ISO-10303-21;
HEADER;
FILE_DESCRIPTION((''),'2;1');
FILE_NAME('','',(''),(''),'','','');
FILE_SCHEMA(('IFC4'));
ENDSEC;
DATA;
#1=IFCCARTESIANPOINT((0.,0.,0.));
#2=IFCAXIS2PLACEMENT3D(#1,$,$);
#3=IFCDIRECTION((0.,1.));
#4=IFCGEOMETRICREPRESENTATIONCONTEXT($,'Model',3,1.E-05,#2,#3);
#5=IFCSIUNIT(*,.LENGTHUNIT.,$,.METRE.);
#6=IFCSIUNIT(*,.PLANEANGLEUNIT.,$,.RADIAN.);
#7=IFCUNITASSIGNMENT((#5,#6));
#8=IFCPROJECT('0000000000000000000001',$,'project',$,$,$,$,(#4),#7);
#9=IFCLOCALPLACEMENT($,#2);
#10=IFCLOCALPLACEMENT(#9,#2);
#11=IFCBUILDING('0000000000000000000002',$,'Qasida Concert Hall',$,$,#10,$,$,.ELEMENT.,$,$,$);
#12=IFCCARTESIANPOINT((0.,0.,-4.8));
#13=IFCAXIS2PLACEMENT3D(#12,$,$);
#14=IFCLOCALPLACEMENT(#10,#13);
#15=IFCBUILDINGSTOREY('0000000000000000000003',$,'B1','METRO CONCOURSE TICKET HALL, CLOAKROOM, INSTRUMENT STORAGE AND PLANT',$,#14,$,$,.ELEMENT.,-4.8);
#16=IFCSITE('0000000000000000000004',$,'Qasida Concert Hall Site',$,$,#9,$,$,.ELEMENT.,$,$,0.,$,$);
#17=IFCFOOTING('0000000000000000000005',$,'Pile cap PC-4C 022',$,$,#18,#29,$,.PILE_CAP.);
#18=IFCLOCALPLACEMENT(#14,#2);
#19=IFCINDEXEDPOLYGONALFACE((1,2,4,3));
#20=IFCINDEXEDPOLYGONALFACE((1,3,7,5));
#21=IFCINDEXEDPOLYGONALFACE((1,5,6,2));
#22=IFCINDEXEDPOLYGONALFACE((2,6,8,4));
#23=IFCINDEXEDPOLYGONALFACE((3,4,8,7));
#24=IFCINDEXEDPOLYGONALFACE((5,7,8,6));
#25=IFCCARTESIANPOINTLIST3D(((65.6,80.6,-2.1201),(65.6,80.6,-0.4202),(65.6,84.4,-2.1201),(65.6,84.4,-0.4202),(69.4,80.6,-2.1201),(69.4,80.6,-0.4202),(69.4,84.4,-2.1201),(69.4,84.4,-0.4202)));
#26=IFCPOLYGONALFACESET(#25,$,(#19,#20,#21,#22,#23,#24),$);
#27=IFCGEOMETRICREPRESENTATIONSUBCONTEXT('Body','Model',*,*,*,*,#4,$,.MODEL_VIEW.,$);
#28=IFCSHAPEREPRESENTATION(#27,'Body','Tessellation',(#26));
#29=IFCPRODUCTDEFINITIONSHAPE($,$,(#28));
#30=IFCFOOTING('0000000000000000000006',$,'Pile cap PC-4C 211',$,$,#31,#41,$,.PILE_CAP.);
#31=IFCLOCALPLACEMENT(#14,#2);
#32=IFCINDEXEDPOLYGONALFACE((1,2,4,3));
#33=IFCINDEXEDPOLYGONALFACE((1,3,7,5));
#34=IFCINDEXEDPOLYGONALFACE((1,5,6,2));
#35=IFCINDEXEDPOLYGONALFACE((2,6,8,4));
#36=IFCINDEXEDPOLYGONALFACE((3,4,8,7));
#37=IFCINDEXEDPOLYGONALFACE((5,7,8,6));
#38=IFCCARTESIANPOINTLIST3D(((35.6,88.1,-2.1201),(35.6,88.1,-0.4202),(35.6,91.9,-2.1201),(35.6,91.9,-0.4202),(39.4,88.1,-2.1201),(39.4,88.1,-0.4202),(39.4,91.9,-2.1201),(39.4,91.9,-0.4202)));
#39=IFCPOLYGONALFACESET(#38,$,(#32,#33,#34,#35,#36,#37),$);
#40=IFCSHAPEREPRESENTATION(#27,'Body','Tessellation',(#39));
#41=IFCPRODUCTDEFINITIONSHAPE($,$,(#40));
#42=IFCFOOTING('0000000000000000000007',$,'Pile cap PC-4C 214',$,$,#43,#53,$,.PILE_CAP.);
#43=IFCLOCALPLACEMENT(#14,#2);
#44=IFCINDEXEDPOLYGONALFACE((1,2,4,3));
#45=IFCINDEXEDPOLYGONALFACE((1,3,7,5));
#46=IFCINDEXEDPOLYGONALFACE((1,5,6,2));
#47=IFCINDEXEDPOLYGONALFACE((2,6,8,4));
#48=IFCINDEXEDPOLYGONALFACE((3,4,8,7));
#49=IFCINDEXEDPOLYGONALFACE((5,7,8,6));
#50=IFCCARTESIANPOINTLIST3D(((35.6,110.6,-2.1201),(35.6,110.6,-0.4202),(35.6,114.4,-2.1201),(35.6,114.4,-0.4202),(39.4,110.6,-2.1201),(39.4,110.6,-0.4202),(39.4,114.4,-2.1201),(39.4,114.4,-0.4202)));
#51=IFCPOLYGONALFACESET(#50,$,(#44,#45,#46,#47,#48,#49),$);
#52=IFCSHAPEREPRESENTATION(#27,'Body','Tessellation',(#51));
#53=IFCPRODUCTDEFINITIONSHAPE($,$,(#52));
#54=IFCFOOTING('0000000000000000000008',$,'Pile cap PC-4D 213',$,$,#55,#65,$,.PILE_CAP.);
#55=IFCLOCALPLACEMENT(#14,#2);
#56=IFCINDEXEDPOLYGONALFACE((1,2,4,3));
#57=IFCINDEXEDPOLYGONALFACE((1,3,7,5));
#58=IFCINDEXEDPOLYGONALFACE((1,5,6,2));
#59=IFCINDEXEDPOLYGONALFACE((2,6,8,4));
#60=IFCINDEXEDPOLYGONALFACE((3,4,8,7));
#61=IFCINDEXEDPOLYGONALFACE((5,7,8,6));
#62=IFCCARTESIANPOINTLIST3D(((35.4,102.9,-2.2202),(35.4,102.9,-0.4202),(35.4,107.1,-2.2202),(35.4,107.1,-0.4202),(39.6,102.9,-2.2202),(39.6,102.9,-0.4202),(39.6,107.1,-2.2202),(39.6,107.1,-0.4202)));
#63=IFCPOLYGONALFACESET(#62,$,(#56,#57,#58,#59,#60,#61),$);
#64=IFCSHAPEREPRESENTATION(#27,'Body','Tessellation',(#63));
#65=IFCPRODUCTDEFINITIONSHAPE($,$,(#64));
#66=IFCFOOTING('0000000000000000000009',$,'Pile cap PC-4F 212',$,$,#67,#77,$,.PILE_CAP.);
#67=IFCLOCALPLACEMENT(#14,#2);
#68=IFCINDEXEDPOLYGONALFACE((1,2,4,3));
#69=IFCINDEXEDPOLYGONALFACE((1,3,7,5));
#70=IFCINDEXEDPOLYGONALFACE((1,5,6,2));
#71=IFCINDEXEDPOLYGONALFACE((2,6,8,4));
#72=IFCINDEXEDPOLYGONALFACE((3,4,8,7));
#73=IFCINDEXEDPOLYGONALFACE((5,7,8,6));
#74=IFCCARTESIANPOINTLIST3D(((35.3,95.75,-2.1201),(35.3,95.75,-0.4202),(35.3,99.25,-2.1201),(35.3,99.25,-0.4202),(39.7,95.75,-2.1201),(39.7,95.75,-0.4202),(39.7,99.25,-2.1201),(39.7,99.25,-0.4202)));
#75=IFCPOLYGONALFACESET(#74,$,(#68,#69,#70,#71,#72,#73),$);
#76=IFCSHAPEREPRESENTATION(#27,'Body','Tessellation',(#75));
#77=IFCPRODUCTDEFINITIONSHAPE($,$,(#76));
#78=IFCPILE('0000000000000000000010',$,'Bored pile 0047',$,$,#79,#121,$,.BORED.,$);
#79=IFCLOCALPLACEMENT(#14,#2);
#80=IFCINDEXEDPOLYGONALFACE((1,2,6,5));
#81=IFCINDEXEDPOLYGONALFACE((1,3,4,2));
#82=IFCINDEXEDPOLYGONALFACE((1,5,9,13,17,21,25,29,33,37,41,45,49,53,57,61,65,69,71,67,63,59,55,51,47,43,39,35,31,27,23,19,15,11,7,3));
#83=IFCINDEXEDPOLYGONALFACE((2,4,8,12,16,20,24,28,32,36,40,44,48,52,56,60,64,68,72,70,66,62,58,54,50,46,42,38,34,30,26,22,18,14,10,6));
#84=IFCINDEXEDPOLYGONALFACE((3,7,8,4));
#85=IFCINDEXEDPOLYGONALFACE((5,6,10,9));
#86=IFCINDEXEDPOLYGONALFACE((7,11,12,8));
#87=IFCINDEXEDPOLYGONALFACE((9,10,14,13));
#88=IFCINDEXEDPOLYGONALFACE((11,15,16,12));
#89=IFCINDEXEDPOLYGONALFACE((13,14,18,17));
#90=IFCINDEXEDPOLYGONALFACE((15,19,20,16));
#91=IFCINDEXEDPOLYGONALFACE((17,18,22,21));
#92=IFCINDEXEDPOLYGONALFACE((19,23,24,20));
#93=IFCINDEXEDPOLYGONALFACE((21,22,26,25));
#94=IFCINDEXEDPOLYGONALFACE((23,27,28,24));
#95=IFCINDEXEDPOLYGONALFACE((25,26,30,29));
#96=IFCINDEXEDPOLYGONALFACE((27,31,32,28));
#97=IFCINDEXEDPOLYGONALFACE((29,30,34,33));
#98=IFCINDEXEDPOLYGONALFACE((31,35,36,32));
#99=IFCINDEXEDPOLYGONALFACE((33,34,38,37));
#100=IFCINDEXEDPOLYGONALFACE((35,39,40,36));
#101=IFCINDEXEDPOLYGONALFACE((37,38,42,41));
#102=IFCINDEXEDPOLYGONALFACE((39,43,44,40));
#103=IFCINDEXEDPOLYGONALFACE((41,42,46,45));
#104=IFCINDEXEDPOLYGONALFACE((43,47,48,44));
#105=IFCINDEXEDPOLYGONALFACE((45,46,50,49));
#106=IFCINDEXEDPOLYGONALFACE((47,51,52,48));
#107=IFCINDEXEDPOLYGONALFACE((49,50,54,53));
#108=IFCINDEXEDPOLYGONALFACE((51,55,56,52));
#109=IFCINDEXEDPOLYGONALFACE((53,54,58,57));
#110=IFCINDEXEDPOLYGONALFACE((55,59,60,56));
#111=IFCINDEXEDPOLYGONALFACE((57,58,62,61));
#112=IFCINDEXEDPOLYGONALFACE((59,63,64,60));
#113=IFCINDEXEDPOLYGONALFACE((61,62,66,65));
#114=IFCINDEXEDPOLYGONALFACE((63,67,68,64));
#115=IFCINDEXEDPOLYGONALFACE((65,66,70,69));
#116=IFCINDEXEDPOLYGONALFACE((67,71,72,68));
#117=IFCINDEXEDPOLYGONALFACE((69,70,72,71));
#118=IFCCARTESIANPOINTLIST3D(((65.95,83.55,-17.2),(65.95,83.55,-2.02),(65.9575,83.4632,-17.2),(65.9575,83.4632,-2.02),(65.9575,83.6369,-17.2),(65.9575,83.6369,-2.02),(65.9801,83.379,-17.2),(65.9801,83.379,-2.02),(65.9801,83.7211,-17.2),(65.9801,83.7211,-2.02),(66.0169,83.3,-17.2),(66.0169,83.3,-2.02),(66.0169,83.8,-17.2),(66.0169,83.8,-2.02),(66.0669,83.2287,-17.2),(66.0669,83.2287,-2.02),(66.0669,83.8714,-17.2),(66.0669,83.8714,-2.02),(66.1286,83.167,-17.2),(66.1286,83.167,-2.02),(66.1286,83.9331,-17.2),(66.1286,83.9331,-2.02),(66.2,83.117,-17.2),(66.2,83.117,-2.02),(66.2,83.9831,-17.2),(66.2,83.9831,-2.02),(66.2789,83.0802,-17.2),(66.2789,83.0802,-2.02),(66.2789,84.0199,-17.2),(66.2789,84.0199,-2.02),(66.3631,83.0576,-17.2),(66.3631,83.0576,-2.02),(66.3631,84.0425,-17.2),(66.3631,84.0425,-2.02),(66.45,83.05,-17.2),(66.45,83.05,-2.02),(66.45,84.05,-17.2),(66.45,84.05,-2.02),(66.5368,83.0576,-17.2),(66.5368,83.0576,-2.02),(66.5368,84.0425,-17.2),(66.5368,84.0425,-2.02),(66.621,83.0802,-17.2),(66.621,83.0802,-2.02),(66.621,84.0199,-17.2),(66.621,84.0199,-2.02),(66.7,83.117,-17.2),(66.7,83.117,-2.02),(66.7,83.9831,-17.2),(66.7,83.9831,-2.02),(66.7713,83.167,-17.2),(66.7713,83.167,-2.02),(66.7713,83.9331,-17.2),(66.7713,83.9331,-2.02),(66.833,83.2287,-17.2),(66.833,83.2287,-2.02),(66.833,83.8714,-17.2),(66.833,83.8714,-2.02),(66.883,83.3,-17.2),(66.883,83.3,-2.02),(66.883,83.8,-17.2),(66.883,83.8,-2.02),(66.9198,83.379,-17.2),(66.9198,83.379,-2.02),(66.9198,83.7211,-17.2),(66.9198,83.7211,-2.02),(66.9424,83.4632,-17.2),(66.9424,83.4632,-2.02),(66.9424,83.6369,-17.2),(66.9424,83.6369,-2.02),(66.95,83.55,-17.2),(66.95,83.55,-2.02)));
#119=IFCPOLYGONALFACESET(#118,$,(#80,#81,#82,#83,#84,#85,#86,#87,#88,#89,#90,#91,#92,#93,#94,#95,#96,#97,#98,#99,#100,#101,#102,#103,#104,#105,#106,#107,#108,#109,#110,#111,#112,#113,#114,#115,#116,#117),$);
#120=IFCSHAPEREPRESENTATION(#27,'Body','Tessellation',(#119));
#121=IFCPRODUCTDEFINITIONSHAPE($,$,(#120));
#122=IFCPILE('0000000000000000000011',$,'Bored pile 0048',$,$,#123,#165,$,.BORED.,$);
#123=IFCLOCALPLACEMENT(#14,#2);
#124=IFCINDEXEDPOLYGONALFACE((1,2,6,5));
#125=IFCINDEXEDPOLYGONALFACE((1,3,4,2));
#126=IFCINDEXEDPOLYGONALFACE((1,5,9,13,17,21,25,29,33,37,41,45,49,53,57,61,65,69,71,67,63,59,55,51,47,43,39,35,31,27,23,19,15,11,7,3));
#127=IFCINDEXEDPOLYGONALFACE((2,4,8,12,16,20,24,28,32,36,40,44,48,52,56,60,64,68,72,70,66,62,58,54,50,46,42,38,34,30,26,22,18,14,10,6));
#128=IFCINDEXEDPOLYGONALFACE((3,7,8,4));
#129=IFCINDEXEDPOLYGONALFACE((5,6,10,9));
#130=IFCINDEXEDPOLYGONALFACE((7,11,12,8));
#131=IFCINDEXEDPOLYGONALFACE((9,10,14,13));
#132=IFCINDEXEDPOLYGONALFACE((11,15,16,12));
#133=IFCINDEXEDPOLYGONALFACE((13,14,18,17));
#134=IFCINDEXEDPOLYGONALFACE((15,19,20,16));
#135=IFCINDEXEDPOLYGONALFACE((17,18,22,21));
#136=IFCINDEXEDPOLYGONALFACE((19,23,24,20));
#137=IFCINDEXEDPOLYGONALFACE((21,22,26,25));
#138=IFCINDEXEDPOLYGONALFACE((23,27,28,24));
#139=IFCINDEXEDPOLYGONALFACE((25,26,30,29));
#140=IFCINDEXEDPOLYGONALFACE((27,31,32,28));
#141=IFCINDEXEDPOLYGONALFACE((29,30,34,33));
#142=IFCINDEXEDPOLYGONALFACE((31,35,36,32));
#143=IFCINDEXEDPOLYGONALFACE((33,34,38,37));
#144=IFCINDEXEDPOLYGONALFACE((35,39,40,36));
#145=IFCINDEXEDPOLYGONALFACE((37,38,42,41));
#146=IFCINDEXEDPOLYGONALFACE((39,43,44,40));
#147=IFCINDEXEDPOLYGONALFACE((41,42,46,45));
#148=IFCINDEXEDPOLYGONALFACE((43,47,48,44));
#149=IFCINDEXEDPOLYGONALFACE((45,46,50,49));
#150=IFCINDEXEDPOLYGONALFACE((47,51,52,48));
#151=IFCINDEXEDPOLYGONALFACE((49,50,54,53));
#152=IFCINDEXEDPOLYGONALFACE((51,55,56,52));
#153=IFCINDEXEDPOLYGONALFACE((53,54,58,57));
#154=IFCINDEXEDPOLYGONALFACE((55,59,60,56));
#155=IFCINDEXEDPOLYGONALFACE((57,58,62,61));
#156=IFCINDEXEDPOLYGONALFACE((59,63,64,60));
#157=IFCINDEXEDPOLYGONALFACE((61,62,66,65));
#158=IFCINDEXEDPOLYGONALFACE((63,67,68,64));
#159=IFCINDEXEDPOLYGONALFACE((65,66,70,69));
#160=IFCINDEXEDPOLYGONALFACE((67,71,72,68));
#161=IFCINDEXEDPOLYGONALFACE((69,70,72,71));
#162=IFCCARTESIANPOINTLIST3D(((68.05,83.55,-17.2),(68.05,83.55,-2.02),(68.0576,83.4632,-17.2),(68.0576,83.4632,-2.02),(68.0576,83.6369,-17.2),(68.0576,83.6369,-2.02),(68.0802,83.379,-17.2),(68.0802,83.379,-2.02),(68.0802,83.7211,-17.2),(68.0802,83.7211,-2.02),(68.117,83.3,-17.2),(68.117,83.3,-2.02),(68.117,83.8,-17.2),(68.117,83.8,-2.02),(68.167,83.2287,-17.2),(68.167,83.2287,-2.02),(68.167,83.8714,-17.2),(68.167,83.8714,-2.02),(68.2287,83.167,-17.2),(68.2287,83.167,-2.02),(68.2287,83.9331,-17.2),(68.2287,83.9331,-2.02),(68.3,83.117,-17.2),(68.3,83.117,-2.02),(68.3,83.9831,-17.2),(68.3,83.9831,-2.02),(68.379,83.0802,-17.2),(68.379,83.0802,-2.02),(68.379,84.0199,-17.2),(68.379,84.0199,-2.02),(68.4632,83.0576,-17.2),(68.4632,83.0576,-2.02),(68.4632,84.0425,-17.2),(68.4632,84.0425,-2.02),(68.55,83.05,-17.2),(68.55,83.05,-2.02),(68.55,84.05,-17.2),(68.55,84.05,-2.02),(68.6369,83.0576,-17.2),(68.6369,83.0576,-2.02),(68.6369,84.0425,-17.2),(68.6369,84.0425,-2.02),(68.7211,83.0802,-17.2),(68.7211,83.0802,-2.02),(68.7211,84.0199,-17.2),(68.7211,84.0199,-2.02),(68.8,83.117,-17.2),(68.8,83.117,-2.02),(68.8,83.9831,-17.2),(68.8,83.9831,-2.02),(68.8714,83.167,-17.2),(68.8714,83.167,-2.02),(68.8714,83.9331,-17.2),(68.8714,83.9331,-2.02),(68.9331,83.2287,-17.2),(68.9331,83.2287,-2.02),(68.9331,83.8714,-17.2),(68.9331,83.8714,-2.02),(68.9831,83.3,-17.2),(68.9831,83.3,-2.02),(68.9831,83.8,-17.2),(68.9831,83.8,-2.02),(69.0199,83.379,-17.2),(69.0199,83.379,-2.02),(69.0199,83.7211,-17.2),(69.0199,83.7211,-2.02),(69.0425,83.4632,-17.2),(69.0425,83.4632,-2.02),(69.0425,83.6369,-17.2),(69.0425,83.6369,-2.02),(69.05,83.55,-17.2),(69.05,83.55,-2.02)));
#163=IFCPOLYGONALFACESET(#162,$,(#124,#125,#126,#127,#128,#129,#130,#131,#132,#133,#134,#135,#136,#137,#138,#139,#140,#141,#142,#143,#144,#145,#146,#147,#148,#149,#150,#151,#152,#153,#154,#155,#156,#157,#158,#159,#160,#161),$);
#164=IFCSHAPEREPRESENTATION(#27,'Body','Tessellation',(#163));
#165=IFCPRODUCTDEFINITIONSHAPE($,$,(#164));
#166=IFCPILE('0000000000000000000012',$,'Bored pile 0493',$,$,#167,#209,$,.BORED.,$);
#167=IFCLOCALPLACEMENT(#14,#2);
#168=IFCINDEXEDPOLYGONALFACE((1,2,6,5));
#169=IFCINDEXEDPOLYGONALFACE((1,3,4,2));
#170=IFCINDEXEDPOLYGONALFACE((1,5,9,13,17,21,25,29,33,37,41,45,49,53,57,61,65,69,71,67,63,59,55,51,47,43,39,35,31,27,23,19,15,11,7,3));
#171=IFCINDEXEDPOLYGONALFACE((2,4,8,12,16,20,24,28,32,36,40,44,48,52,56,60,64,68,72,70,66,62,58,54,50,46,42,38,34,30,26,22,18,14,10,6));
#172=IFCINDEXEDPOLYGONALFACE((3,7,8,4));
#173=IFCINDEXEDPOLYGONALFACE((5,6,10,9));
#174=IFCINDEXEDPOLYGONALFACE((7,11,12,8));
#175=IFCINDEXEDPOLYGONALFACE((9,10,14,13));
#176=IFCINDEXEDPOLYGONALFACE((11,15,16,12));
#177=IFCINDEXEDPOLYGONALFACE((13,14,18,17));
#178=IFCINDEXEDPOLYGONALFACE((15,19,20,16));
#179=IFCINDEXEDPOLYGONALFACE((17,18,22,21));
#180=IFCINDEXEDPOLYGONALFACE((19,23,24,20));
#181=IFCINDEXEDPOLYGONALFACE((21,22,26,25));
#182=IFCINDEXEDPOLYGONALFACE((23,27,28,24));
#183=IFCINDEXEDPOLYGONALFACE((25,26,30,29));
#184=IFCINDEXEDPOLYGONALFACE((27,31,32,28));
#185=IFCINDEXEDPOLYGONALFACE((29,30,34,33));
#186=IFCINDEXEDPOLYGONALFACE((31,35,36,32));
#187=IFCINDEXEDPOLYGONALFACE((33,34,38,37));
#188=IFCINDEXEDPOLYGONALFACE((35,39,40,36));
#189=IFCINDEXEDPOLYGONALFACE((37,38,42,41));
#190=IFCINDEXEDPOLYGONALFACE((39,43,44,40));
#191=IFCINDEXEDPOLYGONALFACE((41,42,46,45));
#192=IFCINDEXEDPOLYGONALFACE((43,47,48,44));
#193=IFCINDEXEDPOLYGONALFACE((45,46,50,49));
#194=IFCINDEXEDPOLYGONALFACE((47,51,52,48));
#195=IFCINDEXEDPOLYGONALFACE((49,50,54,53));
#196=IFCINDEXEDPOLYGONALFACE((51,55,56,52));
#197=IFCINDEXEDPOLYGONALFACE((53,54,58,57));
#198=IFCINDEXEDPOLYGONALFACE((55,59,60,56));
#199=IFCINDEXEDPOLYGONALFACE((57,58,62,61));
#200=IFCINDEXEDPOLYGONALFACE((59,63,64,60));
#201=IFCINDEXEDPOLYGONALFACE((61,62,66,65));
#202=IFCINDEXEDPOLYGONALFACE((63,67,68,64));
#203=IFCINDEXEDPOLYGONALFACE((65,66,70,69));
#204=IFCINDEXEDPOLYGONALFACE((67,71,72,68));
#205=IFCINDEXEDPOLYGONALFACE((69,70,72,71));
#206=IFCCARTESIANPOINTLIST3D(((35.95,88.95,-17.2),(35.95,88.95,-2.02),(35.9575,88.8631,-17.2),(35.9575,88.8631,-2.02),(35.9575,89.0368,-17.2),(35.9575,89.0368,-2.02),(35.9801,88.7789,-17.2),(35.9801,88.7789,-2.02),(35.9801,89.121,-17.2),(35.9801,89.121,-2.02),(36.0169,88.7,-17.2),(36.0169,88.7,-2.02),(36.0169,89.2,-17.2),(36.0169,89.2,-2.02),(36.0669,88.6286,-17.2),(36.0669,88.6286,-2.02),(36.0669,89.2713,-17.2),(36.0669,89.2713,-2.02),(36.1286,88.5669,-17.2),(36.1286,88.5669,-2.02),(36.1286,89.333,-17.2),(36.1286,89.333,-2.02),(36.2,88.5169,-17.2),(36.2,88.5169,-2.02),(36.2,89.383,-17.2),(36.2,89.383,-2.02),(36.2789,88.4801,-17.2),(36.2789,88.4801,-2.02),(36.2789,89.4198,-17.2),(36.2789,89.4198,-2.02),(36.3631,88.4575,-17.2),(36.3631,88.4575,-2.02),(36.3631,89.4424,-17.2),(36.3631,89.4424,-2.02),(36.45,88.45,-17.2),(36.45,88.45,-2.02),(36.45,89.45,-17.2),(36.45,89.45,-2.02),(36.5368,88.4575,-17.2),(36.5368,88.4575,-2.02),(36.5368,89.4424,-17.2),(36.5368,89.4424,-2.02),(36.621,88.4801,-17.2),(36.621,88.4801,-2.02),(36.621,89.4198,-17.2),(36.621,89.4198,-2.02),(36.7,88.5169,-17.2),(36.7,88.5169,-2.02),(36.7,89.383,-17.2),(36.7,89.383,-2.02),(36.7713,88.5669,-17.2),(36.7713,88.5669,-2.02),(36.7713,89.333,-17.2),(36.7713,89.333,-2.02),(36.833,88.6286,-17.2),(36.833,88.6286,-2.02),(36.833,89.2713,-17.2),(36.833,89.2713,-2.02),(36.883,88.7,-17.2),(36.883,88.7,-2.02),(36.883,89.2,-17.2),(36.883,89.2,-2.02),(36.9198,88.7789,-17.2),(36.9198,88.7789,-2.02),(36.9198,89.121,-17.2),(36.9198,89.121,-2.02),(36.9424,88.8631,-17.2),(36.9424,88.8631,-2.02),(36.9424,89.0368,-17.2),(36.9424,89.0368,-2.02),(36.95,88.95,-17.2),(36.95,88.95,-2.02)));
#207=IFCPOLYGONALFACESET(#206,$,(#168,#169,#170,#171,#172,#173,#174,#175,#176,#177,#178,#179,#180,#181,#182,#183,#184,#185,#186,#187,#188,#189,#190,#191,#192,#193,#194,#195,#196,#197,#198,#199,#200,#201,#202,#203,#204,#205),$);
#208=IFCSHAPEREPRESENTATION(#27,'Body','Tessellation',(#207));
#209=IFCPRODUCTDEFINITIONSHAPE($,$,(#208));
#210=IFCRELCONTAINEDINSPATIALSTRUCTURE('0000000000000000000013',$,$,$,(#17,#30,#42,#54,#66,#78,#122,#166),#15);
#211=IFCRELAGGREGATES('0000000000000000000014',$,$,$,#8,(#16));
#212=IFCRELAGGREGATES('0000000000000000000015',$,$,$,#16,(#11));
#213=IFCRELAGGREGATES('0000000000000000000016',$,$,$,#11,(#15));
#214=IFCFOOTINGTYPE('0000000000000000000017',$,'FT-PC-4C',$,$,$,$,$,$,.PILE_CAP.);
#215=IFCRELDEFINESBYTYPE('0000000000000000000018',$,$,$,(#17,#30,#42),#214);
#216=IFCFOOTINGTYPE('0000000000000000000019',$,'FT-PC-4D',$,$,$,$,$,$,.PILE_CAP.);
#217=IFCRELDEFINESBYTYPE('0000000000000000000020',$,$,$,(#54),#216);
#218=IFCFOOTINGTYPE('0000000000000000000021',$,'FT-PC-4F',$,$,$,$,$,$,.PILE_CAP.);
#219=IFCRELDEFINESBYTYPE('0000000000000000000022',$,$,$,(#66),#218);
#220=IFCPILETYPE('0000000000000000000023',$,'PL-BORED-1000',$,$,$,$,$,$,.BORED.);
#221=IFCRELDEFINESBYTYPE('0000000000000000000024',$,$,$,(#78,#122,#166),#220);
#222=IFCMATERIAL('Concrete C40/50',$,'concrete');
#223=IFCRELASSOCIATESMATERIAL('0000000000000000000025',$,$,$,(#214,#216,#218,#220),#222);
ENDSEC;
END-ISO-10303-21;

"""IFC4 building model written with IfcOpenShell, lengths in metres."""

from ifc_helpers import new_model, si_unit, direction, frame, origin, origin_2d, place, context, subcontext, project, spatial, rectangle, circle, extrude, material, material_profile, profile_set, type_object, element, save


model = new_model("IFC4")

# Units and contexts
model_context = context("Model", 3, precision=1e-05, world=origin(), true_north=direction((0.0, 1.0)))
body_context = subcontext(model_context, "Body", "Model", "MODEL_VIEW")
ifc_project = project(units=[si_unit("LENGTHUNIT", "METRE"), si_unit("PLANEANGLEUNIT", "RADIAN")], contexts=[model_context])

# Site, building, storey
site_placement = place(None, origin())
site = spatial("IfcSite", under=ifc_project, at=site_placement, Name="Qasida Concert Hall Site", CompositionType="ELEMENT", RefElevation=0.0)
building_placement = place(site_placement, origin())
building = spatial("IfcBuilding", under=site, at=building_placement, Name="Qasida Concert Hall", CompositionType="ELEMENT")
storey_placement = place(building_placement, frame((0.0, 0.0, -4.8)))
storey = spatial("IfcBuildingStorey", under=building, at=storey_placement, Name="B1", Description="METRO CONCOURSE TICKET HALL, CLOAKROOM, INSTRUMENT STORAGE AND PLANT", CompositionType="ELEMENT", Elevation=-4.8)

# Footings
ifc_material_1 = material(Name="Concrete C40/50", Category="concrete")
footing_type_1 = type_object("IfcFootingType", Name="FT-PC-4C", PredefinedType="PILE_CAP", material=ifc_material_1)
for number, where, z_axis, x_axis, name in (
    (1, (67.5, 82.5, -2.1201), (0.0, 0.0, 1.0), (1.0, 0.0, 0.0), "Pile cap PC-4C 022"),
    (2, (37.5, 90.0, -2.1201), (0.0, 0.0, 1.0), (1.0, 0.0, 0.0), "Pile cap PC-4C 211"),
    (3, (37.5, 112.5, -2.1201), (0.0, 0.0, 1.0), (1.0, 0.0, 0.0), "Pile cap PC-4C 214"),
):
    element("IfcFooting", number, at=place(storey_placement, frame(where, z_axis=z_axis, x_axis=x_axis)), inside=storey, type_object=footing_type_1, Name=name, PredefinedType="PILE_CAP", context=body_context, shape_type="SweptSolid", body=[
        extrude(rectangle(XDim=3.8, YDim=3.8, at=origin_2d()), origin(), (0.0, 0.0, 1.0), 1.7),
    ])
footing_type_2 = type_object("IfcFootingType", Name="FT-PC-4D", PredefinedType="PILE_CAP", material=ifc_material_1)
footing_1_placement = place(storey_placement, frame((37.5, 105.0, -2.2202), z_axis=(0.0, 0.0, 1.0), x_axis=(1.0, 0.0, 0.0)))
element("IfcFooting", 4, at=footing_1_placement, inside=storey, type_object=footing_type_2, Name="Pile cap PC-4D 213", PredefinedType="PILE_CAP", context=body_context, shape_type="SweptSolid", body=[
    extrude(rectangle(XDim=4.2, YDim=4.2, at=origin_2d()), origin(), (0.0, 0.0, 1.0), 1.8),
])
footing_type_3 = type_object("IfcFootingType", Name="FT-PC-4F", PredefinedType="PILE_CAP", material=ifc_material_1)
footing_2_placement = place(storey_placement, frame((37.5, 97.5, -2.1201), z_axis=(0.0, 0.0, 1.0), x_axis=(1.0, 0.0, 0.0)))
element("IfcFooting", 5, at=footing_2_placement, inside=storey, type_object=footing_type_3, Name="Pile cap PC-4F 212", PredefinedType="PILE_CAP", context=body_context, shape_type="SweptSolid", body=[
    extrude(rectangle(XDim=4.3999, YDim=3.5, at=origin_2d()), origin(), (0.0, 0.0, 1.0), 1.7),
])

# Piles
ifc_material_profile_1 = material_profile(ifc_material_1, circle(Radius=0.5, at=origin_2d()), Name="BORED PILE D1000")
ifc_profile_set_1 = profile_set([ifc_material_profile_1], Name="Concrete C40/50")
pile_type_1 = type_object("IfcPileType", Name="PL-BORED-1000", PredefinedType="BORED", material=ifc_profile_set_1)
for number, where, z_axis, x_axis, name in (
    (6, (66.45, 83.55, -2.02), (0.0, 0.0, -1.0), (1.0, 0.0, 0.0), "Bored pile 0047"),
    (7, (68.55, 83.55, -2.02), (0.0, 0.0, -1.0), (1.0, 0.0, 0.0), "Bored pile 0048"),
    (8, (36.45, 88.95, -2.02), (0.0, 0.0, -1.0), (1.0, 0.0, 0.0), "Bored pile 0493"),
):
    element("IfcPile", number, at=place(storey_placement, frame(where, z_axis=z_axis, x_axis=x_axis)), inside=storey, type_object=pile_type_1, Name=name, PredefinedType="BORED", context=body_context, shape_type="SweptSolid", body=[
        extrude(circle(Radius=0.5, at=origin_2d()), origin(), (0.0, 0.0, 1.0), 15.1799),
    ])

save(model, "model.ifc")
